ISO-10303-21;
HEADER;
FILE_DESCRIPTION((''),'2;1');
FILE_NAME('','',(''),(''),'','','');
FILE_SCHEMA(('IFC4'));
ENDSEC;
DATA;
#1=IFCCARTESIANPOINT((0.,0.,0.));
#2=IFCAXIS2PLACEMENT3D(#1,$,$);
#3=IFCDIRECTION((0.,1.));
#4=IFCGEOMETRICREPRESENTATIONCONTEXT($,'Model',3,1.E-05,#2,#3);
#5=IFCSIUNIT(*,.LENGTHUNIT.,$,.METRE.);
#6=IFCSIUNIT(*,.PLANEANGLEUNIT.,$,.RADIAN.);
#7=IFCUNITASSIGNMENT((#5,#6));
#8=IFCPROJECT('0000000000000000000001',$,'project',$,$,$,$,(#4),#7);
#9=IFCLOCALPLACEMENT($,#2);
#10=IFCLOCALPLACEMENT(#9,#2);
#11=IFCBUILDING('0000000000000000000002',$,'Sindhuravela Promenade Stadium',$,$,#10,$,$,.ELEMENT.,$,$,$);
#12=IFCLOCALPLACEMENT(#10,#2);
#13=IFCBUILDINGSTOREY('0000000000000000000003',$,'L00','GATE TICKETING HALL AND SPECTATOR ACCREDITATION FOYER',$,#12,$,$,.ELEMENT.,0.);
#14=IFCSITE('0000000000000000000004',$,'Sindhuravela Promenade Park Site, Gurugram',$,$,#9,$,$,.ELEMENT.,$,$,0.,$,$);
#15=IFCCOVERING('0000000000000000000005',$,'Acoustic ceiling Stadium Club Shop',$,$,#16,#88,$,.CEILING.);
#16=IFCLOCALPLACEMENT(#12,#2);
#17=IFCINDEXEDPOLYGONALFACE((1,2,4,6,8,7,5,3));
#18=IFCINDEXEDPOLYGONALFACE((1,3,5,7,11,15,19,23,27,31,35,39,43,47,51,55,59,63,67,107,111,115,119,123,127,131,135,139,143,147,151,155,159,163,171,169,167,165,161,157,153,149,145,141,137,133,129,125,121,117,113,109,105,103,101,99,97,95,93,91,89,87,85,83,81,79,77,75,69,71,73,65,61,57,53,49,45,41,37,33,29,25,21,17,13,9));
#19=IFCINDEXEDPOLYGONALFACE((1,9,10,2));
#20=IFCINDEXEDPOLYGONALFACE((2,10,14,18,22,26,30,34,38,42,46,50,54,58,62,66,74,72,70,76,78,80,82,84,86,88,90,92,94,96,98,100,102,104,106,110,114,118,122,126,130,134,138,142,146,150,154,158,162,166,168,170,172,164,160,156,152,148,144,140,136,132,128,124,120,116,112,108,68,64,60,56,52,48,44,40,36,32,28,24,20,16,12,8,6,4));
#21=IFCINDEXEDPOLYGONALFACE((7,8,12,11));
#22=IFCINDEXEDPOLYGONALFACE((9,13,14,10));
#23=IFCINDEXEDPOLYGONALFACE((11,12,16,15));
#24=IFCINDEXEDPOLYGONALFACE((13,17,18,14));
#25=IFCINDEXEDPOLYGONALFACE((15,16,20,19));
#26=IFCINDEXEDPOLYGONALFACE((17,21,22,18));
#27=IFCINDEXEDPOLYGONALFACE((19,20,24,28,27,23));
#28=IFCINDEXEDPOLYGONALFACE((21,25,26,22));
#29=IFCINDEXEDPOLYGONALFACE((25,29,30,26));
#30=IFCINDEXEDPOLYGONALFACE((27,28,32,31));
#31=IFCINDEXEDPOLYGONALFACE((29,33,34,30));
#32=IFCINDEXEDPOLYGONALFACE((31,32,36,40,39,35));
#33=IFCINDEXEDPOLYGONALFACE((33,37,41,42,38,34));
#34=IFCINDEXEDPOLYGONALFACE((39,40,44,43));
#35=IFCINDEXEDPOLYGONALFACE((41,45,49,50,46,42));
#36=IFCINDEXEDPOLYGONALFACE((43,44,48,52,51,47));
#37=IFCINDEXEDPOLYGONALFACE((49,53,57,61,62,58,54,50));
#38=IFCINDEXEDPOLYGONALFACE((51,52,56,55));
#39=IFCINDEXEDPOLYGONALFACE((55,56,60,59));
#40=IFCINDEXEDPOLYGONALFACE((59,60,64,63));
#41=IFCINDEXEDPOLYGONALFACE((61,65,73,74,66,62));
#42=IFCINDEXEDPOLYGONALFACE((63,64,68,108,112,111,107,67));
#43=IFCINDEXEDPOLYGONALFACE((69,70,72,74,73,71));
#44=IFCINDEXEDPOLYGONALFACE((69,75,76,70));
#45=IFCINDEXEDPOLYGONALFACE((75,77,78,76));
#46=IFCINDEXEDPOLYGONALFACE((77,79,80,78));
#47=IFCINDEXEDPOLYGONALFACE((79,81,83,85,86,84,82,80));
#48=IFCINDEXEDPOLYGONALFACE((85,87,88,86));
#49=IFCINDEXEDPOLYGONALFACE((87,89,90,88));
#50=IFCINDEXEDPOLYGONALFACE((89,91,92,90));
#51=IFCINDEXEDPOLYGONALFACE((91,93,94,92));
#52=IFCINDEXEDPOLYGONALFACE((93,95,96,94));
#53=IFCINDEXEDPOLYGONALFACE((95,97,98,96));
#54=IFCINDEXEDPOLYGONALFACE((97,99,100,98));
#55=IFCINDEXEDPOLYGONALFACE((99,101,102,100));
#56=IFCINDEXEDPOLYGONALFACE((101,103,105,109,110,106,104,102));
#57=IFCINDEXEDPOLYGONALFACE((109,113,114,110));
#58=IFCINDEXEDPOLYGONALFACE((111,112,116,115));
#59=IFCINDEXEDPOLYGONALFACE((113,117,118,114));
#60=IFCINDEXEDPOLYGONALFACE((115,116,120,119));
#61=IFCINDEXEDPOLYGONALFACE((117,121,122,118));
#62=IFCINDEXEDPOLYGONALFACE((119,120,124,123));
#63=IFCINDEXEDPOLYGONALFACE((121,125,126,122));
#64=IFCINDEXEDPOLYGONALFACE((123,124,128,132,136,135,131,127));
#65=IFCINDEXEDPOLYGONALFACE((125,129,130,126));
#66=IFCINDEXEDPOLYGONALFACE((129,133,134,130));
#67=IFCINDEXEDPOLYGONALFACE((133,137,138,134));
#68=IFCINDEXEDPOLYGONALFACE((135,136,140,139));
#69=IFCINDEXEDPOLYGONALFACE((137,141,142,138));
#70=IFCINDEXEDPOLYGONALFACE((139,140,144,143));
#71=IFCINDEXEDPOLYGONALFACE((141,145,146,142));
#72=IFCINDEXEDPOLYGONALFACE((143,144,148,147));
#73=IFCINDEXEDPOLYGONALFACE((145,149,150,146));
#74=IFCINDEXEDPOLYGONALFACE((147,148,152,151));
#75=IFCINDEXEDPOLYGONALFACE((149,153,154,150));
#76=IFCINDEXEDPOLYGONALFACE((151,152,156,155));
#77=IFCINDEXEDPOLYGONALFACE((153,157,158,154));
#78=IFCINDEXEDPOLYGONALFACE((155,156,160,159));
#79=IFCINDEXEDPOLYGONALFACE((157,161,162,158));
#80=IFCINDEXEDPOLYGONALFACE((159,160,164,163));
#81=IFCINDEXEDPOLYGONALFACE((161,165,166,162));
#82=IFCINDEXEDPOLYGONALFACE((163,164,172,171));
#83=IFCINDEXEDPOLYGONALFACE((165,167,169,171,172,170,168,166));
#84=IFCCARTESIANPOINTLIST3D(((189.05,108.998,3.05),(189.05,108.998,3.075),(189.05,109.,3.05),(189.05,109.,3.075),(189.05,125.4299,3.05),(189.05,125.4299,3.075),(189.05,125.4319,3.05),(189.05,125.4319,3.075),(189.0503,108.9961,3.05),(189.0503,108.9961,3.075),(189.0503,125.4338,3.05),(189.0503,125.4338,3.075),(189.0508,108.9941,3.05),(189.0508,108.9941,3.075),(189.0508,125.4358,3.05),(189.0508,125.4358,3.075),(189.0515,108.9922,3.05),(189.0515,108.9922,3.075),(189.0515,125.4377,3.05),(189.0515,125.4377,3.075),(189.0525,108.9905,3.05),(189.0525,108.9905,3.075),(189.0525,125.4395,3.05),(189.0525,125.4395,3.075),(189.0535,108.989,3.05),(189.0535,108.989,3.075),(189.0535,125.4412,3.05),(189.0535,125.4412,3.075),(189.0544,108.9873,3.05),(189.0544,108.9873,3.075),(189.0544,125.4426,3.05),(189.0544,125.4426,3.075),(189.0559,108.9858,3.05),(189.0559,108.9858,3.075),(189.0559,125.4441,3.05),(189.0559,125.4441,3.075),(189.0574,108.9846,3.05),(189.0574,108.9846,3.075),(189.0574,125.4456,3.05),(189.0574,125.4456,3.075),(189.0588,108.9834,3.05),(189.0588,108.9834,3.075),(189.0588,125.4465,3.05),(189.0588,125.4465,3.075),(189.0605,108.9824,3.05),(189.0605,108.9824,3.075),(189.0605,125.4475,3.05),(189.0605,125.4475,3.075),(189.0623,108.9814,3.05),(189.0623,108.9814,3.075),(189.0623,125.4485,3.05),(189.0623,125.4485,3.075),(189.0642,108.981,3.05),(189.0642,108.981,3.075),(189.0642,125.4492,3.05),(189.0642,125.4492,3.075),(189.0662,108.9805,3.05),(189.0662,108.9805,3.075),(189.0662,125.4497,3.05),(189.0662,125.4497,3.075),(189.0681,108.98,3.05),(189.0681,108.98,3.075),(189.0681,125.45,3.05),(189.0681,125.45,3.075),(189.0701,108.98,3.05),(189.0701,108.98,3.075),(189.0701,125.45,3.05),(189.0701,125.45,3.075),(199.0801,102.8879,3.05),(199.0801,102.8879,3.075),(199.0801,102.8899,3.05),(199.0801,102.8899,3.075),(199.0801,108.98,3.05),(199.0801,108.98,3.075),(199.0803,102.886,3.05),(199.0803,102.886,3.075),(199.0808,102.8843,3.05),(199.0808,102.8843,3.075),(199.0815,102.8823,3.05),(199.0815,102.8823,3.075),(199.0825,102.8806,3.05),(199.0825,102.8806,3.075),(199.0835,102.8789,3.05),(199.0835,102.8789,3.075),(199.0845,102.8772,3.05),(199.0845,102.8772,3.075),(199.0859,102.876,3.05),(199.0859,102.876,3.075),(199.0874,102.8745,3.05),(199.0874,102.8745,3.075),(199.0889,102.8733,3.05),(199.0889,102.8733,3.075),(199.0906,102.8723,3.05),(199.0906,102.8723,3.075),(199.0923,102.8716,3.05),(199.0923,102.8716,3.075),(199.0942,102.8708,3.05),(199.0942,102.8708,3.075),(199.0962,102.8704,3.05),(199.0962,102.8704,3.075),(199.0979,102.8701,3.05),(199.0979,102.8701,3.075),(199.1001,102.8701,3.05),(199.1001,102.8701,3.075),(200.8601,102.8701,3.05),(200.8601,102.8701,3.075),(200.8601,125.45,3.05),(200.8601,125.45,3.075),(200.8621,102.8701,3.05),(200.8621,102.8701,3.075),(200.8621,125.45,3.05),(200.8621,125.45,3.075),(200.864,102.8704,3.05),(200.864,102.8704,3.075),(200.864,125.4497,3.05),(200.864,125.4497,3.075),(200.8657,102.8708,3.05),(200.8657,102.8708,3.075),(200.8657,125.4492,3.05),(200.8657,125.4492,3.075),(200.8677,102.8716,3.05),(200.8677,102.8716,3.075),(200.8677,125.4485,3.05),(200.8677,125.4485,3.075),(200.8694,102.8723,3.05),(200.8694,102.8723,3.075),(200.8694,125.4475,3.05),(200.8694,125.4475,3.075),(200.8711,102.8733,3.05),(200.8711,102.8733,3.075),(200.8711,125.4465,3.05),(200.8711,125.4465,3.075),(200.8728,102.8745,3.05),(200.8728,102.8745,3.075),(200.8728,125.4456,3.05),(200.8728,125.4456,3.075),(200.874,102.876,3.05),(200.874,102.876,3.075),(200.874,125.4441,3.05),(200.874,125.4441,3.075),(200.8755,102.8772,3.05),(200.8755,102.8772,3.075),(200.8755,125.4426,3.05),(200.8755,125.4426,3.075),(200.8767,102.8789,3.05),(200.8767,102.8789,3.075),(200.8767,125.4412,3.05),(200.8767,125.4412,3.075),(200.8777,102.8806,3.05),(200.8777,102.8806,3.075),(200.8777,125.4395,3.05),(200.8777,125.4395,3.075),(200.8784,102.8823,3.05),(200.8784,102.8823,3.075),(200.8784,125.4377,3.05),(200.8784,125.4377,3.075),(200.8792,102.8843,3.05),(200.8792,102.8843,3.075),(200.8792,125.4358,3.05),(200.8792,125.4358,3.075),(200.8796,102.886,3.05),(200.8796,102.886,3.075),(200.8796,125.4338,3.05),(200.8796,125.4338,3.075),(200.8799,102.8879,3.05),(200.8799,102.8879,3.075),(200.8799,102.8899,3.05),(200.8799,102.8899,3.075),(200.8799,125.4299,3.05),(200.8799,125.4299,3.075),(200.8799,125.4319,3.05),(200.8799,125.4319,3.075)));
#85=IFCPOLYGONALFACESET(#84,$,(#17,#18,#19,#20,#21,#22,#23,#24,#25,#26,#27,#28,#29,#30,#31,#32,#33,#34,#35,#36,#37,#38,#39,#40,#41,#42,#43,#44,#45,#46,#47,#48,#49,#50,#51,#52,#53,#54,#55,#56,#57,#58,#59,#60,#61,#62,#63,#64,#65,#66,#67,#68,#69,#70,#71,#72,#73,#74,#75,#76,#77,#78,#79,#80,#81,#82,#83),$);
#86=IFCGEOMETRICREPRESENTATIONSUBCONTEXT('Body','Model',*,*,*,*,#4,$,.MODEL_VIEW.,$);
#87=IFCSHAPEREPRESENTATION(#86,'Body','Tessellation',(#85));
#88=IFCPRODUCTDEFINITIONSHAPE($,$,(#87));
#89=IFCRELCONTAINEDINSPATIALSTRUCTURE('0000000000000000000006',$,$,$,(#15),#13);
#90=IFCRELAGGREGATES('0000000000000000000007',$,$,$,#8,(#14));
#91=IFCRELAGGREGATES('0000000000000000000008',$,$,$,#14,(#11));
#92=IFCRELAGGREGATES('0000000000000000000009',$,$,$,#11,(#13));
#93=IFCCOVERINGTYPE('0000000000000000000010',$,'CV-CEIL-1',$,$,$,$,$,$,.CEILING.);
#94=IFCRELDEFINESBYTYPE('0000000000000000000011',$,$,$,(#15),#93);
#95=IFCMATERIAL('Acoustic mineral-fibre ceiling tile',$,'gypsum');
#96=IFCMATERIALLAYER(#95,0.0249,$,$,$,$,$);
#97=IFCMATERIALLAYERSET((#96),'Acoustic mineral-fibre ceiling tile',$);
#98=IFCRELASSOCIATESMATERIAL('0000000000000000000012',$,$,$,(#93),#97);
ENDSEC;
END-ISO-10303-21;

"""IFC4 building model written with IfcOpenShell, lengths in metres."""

from ifc_helpers import new_model, si_unit, direction, frame, origin, place, context, subcontext, project, spatial, polyline, outline, extrude, material, layer, layer_set, type_object, element, save


model = new_model("IFC4")

# Units and contexts
model_context = context("Model", 3, precision=1e-05, world=origin(), true_north=direction((0.0, 1.0)))
body_context = subcontext(model_context, "Body", "Model", "MODEL_VIEW")
ifc_project = project(units=[si_unit("LENGTHUNIT", "METRE"), si_unit("PLANEANGLEUNIT", "RADIAN")], contexts=[model_context])

# Site, building, storey
site_placement = place(None, origin())
site = spatial("IfcSite", under=ifc_project, at=site_placement, Name="Sindhuravela Promenade Park Site, Gurugram", CompositionType="ELEMENT", RefElevation=0.0)
building_placement = place(site_placement, origin())
building = spatial("IfcBuilding", under=site, at=building_placement, Name="Sindhuravela Promenade Stadium", CompositionType="ELEMENT")
storey_placement = place(building_placement, origin())
storey = spatial("IfcBuildingStorey", under=building, at=storey_placement, Name="L00", Description="GATE TICKETING HALL AND SPECTATOR ACCREDITATION FOYER", CompositionType="ELEMENT", Elevation=0.0)

# Covering
ifc_material = material(Name="Acoustic mineral-fibre ceiling tile", Category="gypsum")
ifc_layer_1 = layer(ifc_material, 0.0249)
ifc_layer_set_1 = layer_set([ifc_layer_1], Name="Acoustic mineral-fibre ceiling tile")
covering_type_1 = type_object("IfcCoveringType", Name="CV-CEIL-1", PredefinedType="CEILING", material=ifc_layer_set_1)
covering_1_placement = place(storey_placement, frame((0.0, 0.0, 3.05)))
element("IfcCovering", 1, at=covering_1_placement, inside=storey, type_object=covering_type_1, Name="Acoustic ceiling Stadium Club Shop", PredefinedType="CEILING", context=body_context, shape_type="SweptSolid", body=[
    extrude(outline(polyline([(200.8799, 102.8899), (200.8799, 102.8879), (200.8796, 102.886), (200.8792, 102.8843), (200.8784, 102.8823), (200.8777, 102.8806), (200.8767, 102.8789), (200.8755, 102.8772), (200.874, 102.876), (200.8728, 102.8745), (200.8711, 102.8733), (200.8694, 102.8723), (200.8677, 102.8716), (200.8657, 102.8708), (200.864, 102.8704), (200.8621, 102.8701), (200.8601, 102.8701), (199.1001, 102.8701), (199.0979, 102.8701), (199.0962, 102.8704), (199.0942, 102.8708), (199.0923, 102.8716), (199.0906, 102.8723), (199.0889, 102.8733), (199.0874, 102.8745), (199.0859, 102.876), (199.0845, 102.8772), (199.0835, 102.8789), (199.0825, 102.8806), (199.0815, 102.8823), (199.0808, 102.8843), (199.0803, 102.886), (199.0801, 102.8879), (199.0801, 102.8899), (199.0801, 108.98), (189.0701, 108.98), (189.0681, 108.98), (189.0662, 108.9805), (189.0642, 108.981), (189.0623, 108.9814), (189.0605, 108.9824), (189.0588, 108.9834), (189.0574, 108.9846), (189.0559, 108.9858), (189.0544, 108.9873), (189.0535, 108.989), (189.0525, 108.9905), (189.0515, 108.9922), (189.0508, 108.9941), (189.0503, 108.9961), (189.05, 108.998), (189.05, 109.0), (189.05, 125.4299), (189.05, 125.4319), (189.0503, 125.4338), (189.0508, 125.4358), (189.0515, 125.4377), (189.0525, 125.4395), (189.0535, 125.4412), (189.0544, 125.4426), (189.0559, 125.4441), (189.0574, 125.4456), (189.0588, 125.4465), (189.0605, 125.4475), (189.0623, 125.4485), (189.0642, 125.4492), (189.0662, 125.4497), (189.0681, 125.45), (189.0701, 125.45), (200.8601, 125.45), (200.8621, 125.45), (200.864, 125.4497), (200.8657, 125.4492), (200.8677, 125.4485), (200.8694, 125.4475), (200.8711, 125.4465), (200.8728, 125.4456), (200.874, 125.4441), (200.8755, 125.4426), (200.8767, 125.4412), (200.8777, 125.4395), (200.8784, 125.4377), (200.8792, 125.4358), (200.8796, 125.4338), (200.8799, 125.4319), (200.8799, 125.4299), (200.8799, 102.8899)])), origin(), (0.0, 0.0, 1.0), 0.0249),
])

save(model, "model.ifc")
